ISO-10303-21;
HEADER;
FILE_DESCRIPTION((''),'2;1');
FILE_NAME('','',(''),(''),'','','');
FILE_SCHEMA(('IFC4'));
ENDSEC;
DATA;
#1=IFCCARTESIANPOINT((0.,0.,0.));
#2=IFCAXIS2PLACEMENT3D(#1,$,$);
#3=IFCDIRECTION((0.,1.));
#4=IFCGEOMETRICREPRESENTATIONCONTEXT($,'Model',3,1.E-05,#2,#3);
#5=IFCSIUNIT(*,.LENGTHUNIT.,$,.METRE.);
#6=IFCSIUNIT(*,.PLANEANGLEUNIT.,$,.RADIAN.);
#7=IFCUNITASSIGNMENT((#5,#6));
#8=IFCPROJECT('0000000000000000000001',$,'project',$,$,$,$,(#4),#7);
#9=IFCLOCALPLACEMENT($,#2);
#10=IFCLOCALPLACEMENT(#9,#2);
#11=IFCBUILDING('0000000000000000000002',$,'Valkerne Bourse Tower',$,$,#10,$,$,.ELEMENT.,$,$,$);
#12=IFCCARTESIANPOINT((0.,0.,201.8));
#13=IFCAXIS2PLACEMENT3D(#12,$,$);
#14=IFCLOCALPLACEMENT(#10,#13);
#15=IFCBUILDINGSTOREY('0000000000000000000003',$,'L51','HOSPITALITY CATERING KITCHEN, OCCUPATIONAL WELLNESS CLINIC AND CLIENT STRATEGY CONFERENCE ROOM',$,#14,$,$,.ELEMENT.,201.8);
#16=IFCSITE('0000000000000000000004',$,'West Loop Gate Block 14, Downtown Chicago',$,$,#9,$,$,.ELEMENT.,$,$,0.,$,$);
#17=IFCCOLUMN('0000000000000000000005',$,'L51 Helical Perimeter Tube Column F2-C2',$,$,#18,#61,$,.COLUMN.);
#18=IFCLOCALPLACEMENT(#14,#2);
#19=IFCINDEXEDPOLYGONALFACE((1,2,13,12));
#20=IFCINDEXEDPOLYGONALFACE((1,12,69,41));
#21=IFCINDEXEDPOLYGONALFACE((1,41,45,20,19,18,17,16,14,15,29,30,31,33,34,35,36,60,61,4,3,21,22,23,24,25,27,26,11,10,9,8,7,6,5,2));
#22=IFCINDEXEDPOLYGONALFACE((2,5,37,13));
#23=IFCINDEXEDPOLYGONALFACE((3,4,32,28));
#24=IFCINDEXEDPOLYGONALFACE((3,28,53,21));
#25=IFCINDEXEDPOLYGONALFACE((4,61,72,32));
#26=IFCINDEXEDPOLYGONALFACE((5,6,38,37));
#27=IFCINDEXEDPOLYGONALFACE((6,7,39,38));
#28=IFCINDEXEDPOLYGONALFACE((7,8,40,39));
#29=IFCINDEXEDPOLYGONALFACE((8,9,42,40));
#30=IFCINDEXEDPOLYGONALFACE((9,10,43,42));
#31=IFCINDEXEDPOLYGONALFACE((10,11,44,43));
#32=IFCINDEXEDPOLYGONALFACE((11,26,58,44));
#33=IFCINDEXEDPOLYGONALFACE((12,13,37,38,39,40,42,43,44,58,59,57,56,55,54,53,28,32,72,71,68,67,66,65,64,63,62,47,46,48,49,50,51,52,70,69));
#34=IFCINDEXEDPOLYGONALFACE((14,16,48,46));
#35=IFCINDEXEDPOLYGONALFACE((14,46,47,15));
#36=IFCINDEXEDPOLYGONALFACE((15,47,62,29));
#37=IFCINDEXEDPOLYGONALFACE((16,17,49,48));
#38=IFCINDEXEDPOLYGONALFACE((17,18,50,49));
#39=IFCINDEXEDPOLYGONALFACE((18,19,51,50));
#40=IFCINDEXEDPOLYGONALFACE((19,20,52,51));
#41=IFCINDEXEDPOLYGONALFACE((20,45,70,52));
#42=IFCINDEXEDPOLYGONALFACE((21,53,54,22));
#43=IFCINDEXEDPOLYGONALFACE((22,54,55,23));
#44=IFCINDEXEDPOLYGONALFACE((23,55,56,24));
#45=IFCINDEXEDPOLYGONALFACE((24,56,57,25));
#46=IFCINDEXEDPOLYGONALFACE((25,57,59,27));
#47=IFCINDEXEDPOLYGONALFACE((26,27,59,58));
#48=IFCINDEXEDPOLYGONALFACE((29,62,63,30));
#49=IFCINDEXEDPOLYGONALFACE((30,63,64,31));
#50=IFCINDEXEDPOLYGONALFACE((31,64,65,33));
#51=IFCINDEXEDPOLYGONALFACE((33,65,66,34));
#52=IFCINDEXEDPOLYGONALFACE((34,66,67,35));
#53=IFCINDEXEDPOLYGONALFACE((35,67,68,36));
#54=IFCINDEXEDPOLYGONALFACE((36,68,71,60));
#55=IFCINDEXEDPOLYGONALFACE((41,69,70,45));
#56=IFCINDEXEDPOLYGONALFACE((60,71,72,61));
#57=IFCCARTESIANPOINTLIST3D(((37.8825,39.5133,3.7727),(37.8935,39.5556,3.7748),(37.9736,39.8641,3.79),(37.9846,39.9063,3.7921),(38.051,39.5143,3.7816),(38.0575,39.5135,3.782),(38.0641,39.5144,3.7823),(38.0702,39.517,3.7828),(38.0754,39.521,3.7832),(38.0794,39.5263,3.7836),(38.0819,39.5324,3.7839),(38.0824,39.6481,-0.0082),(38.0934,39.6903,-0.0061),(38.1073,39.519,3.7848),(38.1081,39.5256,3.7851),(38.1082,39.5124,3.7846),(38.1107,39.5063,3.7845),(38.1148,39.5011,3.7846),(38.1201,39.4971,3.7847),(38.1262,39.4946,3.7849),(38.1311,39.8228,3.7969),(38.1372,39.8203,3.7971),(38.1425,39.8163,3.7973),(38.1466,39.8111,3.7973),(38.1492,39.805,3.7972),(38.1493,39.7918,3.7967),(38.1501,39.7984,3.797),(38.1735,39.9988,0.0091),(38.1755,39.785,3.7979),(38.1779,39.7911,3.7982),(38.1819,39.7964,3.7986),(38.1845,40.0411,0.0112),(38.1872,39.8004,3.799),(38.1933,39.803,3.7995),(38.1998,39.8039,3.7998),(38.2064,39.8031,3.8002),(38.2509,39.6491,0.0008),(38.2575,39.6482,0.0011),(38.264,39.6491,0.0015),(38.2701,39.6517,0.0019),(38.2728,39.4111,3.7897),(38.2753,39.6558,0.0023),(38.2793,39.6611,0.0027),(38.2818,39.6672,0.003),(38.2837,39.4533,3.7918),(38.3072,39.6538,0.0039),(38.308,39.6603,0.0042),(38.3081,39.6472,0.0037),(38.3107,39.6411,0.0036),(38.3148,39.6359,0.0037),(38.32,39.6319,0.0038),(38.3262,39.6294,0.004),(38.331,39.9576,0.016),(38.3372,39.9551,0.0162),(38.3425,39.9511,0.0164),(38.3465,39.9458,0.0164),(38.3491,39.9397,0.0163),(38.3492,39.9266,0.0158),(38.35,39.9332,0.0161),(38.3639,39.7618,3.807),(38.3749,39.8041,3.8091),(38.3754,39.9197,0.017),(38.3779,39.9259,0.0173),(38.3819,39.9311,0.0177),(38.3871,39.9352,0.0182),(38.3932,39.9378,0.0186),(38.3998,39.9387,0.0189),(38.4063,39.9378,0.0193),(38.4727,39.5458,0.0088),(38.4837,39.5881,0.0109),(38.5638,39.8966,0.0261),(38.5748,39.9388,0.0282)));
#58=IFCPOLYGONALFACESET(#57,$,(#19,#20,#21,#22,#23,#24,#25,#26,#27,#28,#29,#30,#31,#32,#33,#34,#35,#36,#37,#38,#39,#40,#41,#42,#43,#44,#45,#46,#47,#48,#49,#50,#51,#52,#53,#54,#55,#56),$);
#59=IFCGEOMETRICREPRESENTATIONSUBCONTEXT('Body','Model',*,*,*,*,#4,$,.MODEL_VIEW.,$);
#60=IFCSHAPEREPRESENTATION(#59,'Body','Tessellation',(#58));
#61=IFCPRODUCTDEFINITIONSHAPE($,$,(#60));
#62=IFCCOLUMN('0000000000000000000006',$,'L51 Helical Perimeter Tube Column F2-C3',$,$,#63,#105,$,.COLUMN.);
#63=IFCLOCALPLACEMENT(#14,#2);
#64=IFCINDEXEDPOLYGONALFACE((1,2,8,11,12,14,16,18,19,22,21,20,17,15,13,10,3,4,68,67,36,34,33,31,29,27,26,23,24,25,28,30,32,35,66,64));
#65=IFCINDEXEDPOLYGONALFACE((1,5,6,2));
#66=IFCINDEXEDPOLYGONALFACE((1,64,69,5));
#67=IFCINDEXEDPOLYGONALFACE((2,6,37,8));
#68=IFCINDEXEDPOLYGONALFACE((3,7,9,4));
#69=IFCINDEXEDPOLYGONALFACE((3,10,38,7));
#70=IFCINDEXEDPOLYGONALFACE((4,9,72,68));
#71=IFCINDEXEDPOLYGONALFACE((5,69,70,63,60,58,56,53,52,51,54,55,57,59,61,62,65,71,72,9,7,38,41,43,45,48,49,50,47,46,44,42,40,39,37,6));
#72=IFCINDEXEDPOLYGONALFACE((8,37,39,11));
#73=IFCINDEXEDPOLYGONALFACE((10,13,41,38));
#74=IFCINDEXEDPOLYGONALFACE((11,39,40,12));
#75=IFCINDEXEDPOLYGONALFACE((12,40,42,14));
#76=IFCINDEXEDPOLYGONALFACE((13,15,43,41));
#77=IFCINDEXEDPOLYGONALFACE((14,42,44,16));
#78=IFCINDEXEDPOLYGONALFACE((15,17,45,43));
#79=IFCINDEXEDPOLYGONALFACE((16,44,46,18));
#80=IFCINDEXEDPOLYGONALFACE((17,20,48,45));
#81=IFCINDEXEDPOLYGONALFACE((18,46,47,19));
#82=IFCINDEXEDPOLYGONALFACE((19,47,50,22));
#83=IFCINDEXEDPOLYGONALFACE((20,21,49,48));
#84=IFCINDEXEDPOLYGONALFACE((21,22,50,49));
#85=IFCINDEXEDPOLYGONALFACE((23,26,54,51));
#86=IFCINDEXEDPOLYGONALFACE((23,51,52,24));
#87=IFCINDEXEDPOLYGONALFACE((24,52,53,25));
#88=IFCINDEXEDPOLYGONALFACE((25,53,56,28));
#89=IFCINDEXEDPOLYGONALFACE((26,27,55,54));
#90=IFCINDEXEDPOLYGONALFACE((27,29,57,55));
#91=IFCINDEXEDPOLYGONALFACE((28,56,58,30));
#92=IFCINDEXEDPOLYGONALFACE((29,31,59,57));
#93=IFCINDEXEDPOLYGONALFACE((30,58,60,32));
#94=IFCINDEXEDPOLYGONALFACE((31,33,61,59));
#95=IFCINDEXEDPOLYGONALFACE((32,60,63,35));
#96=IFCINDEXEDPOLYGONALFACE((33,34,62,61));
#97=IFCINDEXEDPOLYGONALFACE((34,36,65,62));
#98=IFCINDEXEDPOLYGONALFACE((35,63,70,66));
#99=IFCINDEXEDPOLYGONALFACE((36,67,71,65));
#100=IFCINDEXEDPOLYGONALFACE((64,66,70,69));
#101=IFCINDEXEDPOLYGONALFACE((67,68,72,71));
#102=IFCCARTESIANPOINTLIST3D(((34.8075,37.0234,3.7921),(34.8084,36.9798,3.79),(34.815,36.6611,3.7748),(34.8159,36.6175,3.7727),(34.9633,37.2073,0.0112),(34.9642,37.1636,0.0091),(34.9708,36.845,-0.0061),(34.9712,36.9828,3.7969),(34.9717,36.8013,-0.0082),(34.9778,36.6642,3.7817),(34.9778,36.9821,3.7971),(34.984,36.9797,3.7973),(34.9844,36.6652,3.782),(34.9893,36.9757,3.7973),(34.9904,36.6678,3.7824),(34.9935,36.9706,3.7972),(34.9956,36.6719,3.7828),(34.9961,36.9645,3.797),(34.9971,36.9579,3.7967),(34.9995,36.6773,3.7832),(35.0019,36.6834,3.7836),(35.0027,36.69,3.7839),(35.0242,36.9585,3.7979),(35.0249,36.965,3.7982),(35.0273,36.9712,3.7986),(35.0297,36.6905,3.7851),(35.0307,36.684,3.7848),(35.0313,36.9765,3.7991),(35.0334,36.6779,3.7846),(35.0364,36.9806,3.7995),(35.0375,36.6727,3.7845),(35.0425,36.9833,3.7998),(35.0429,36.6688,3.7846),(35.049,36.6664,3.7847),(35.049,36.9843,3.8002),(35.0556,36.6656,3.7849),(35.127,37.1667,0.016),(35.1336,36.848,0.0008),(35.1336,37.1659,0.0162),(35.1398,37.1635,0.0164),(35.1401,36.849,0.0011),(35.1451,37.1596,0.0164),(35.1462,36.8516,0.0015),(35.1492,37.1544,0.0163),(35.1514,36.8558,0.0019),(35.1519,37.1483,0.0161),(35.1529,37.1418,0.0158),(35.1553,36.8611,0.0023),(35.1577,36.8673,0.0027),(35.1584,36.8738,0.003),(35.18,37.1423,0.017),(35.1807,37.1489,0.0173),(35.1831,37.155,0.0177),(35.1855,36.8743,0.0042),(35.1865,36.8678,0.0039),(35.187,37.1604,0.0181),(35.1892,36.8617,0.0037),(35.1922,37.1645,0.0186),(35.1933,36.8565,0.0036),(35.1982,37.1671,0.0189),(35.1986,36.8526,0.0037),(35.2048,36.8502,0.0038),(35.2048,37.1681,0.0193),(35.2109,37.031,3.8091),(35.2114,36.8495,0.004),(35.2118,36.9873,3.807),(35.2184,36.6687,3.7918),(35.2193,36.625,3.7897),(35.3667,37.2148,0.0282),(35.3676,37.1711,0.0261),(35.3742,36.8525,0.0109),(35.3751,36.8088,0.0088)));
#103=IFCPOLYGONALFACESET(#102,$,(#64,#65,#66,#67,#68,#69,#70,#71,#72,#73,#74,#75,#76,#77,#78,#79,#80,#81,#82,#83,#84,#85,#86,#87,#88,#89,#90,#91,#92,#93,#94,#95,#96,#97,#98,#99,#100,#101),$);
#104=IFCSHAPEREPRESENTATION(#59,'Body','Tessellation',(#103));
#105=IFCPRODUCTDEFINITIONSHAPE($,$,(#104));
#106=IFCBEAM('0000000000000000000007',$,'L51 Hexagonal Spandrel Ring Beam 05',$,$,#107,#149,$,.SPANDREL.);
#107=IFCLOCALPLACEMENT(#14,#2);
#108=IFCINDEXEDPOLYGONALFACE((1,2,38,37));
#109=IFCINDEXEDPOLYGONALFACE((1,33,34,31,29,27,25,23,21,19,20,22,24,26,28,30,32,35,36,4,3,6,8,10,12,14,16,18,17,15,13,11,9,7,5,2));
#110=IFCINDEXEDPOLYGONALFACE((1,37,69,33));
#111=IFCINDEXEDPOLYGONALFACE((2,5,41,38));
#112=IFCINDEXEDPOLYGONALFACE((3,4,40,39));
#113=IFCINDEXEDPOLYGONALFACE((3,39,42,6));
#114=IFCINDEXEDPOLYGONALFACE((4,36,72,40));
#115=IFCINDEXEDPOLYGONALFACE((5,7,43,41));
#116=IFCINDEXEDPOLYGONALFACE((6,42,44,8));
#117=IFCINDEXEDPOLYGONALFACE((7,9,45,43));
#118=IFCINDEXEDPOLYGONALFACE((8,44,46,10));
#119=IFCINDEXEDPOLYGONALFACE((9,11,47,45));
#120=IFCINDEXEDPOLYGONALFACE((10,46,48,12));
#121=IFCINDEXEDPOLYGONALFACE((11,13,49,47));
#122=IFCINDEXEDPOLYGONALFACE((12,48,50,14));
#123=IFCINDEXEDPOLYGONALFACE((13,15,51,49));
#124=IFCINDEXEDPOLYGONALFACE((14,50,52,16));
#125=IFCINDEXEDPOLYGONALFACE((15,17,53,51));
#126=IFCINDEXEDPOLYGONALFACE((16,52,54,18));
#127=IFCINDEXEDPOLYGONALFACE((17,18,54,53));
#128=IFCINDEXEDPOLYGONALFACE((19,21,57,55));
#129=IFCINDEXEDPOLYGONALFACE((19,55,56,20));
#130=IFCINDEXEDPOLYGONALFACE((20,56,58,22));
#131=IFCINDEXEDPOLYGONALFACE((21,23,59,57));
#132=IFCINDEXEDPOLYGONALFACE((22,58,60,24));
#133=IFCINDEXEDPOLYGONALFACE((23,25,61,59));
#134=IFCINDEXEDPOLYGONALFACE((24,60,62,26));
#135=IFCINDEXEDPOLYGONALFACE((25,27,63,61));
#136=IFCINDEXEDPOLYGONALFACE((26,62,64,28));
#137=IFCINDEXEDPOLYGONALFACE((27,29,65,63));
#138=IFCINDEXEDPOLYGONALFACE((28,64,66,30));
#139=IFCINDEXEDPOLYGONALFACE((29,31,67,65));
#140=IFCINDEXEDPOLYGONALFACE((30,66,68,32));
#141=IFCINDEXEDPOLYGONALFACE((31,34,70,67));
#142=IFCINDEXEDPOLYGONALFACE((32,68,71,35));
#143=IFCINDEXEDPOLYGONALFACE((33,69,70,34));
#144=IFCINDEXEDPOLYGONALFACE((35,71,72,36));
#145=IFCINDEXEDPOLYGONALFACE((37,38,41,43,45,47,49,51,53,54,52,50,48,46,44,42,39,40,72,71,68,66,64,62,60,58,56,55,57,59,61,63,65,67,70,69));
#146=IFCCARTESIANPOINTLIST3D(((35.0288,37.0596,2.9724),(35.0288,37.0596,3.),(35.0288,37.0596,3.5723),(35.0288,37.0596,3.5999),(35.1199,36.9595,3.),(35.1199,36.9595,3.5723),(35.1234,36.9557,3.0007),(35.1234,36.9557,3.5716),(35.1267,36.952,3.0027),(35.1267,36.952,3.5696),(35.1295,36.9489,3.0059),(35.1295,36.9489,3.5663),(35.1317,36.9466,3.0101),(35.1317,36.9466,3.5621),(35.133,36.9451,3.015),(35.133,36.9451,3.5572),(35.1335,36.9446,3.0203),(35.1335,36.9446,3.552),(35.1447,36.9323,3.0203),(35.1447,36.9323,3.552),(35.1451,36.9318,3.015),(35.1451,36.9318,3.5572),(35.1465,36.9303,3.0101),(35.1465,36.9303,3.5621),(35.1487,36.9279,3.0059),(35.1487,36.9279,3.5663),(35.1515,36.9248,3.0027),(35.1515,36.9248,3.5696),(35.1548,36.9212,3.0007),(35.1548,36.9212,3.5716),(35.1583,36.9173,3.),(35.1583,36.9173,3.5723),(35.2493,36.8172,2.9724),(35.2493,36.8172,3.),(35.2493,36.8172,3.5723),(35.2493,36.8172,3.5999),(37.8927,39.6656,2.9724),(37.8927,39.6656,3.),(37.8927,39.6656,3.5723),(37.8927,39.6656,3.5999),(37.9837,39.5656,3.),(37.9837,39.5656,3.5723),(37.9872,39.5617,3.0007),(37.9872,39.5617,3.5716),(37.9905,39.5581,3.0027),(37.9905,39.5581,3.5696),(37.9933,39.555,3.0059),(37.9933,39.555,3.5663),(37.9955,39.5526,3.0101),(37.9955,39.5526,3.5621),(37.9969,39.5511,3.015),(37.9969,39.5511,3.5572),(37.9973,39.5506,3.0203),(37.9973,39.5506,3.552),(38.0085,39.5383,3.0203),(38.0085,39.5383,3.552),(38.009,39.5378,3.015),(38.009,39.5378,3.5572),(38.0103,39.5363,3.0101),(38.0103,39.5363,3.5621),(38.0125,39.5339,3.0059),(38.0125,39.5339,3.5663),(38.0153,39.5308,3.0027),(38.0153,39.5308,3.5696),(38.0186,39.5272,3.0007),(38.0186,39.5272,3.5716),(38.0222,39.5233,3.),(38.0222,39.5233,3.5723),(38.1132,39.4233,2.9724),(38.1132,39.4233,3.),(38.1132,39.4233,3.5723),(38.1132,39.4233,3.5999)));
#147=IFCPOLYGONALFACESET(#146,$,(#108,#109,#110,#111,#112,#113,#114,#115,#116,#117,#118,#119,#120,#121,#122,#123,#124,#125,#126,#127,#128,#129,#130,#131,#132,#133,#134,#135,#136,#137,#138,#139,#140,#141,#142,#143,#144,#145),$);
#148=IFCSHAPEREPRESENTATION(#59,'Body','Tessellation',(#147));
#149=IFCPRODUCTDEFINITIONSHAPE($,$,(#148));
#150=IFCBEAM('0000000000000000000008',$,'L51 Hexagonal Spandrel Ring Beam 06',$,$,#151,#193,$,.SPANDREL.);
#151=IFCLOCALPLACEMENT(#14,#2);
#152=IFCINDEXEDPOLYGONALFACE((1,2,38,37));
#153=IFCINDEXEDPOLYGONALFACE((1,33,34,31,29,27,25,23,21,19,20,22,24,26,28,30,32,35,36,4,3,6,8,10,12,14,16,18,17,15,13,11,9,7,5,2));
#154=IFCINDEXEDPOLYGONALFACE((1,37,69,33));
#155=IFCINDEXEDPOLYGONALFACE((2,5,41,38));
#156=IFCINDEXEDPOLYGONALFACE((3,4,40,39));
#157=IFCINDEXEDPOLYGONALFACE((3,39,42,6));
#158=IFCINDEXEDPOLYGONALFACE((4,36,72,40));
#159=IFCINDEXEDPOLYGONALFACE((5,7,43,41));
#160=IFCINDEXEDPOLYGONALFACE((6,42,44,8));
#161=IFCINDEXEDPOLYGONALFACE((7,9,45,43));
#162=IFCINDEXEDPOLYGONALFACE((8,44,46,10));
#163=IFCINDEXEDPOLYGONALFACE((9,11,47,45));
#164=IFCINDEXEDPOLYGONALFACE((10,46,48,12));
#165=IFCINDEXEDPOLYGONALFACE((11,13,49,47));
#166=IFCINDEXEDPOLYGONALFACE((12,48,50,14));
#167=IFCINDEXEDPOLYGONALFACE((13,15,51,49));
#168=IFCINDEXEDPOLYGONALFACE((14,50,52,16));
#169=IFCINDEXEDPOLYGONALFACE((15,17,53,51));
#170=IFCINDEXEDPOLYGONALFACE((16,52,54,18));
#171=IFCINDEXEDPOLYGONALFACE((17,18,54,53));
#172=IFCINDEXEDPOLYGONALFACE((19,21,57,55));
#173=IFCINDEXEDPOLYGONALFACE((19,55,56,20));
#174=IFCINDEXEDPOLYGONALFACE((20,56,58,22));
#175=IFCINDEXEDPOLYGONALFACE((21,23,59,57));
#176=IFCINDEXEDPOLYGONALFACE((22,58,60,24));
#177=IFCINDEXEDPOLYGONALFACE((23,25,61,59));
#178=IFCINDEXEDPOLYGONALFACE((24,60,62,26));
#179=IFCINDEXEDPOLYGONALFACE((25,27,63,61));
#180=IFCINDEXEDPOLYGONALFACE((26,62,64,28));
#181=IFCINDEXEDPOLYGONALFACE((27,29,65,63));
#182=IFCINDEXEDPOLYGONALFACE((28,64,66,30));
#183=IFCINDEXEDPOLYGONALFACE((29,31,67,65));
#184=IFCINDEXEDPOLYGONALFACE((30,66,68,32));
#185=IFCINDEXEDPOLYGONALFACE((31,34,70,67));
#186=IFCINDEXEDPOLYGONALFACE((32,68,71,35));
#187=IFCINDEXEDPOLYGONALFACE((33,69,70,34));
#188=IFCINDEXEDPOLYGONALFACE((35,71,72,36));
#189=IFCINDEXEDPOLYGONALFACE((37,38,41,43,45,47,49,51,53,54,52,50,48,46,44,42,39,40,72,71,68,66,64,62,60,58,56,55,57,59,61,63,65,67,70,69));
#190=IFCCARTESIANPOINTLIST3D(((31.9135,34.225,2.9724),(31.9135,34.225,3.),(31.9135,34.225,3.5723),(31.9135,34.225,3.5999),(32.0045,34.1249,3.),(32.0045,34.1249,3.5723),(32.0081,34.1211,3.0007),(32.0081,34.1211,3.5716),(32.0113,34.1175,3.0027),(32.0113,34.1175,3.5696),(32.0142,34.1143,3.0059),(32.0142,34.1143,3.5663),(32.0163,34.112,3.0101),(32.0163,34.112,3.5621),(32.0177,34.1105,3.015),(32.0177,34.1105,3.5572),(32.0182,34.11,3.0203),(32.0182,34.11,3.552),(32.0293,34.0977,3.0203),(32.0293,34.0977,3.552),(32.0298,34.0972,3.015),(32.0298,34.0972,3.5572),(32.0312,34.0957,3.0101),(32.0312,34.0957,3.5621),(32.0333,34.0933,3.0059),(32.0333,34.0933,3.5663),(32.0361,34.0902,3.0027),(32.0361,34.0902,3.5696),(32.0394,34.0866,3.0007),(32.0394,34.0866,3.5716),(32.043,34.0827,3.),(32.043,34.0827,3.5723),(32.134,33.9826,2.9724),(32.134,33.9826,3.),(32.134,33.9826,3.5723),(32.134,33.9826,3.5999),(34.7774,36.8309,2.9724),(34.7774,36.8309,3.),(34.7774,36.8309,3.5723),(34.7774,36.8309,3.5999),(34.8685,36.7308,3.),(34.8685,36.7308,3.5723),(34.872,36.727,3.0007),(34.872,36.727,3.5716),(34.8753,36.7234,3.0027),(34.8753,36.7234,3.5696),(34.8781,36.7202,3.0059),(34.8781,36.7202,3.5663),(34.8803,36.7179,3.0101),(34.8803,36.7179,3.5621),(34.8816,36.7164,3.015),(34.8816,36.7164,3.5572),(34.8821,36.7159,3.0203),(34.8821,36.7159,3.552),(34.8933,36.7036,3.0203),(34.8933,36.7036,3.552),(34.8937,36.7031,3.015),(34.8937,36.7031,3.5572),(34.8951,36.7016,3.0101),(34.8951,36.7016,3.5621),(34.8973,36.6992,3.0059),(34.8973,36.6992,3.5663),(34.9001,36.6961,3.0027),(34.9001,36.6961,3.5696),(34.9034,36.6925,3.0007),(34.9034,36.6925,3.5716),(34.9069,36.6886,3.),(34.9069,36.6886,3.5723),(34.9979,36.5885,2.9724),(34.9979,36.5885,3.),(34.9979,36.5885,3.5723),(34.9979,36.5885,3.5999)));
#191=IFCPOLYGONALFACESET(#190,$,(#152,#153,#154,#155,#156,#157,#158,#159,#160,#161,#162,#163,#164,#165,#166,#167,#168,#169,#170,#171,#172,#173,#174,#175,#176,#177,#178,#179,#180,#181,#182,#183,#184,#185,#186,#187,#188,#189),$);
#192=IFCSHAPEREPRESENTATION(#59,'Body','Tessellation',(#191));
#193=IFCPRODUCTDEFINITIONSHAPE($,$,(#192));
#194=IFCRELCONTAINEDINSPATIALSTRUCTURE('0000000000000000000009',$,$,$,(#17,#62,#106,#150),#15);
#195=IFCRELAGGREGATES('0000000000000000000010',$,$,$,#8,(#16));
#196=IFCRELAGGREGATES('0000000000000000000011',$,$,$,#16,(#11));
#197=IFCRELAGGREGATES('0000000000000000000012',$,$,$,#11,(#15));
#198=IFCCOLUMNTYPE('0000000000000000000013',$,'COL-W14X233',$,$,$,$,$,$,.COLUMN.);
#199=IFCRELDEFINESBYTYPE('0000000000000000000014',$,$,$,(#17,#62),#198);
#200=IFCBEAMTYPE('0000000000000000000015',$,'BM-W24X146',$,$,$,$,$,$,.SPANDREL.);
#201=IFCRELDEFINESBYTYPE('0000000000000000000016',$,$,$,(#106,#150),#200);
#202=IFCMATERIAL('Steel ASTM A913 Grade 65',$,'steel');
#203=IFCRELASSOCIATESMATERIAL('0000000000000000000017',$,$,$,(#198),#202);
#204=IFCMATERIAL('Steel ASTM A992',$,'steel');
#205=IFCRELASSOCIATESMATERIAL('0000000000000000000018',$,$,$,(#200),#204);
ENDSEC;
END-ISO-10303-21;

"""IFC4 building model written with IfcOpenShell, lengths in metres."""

from ifc_helpers import new_model, si_unit, direction, frame, origin, origin_2d, place, context, subcontext, project, spatial, i_section, extrude, material, material_profile, profile_set, type_object, element, save


model = new_model("IFC4")

# Units and contexts
model_context = context("Model", 3, precision=1e-05, world=origin(), true_north=direction((0.0, 1.0)))
body_context = subcontext(model_context, "Body", "Model", "MODEL_VIEW")
ifc_project = project(units=[si_unit("LENGTHUNIT", "METRE"), si_unit("PLANEANGLEUNIT", "RADIAN")], contexts=[model_context])

# Site, building, storey
site_placement = place(None, origin())
site = spatial("IfcSite", under=ifc_project, at=site_placement, Name="West Loop Gate Block 14, Downtown Chicago", CompositionType="ELEMENT", RefElevation=0.0)
building_placement = place(site_placement, origin())
building = spatial("IfcBuilding", under=site, at=building_placement, Name="Valkerne Bourse Tower", CompositionType="ELEMENT")
storey_placement = place(building_placement, frame((0.0, 0.0, 201.8)))
storey = spatial("IfcBuildingStorey", under=building, at=storey_placement, Name="L51", Description="HOSPITALITY CATERING KITCHEN, OCCUPATIONAL WELLNESS CLINIC AND CLIENT STRATEGY CONFERENCE ROOM", CompositionType="ELEMENT", Elevation=201.8)

# Columns
ifc_material_1 = material(Name="Steel ASTM A913 Grade 65", Category="steel")
ifc_material_profile_1 = material_profile(ifc_material_1, i_section(OverallWidth=0.4038, OverallDepth=0.4065, WebThickness=0.0271, FlangeThickness=0.0437, FilletRadius=0.0254, at=origin_2d()), Name="W14X233")
ifc_profile_set_1 = profile_set([ifc_material_profile_1], Name="Steel ASTM A913 Grade 65")
column_type = type_object("IfcColumnType", Name="COL-W14X233", PredefinedType="COLUMN", material=ifc_profile_set_1)
for number, where, z_axis, x_axis, name in (
    (1, (38.3286, 39.7935, 0.01), (-0.052776, -0.035571, 0.997973), (-0.966508, 0.253162, -0.042089), "L51 Helical Perimeter Tube Column F2-C2"),
    (2, (35.1692, 37.0081, 0.01), (-0.041112, -0.048523, 0.997976), (-0.998941, -0.018632, -0.042058), "L51 Helical Perimeter Tube Column F2-C3"),
):
    element("IfcColumn", number, at=place(storey_placement, frame(where, z_axis=z_axis, x_axis=x_axis)), inside=storey, type_object=column_type, Name=name, PredefinedType="COLUMN", context=body_context, shape_type="SweptSolid", body=[
        extrude(i_section(OverallWidth=0.4038, OverallDepth=0.4065, WebThickness=0.0271, FlangeThickness=0.0437, FilletRadius=0.0254, at=origin_2d()), origin(), (0.0, 0.0, 1.0), 3.7886),
    ])

# Beams
ifc_material_2 = material(Name="Steel ASTM A992", Category="steel")
ifc_material_profile_2 = material_profile(ifc_material_2, i_section(OverallWidth=0.3276, OverallDepth=0.6274, WebThickness=0.0166, FlangeThickness=0.0276, FilletRadius=0.0203, at=origin_2d()), Name="W24X146")
ifc_profile_set_2 = profile_set([ifc_material_profile_2], Name="Steel ASTM A992")
beam_type_1 = type_object("IfcBeamType", Name="BM-W24X146", PredefinedType="SPANDREL", material=ifc_profile_set_2)
for number, where, z_axis, x_axis, name in (
    (3, (38.0029, 39.5444, 3.2861), (-0.739615, -0.67303, 0.0), (0.67303, -0.739615, 0.0), "L51 Hexagonal Spandrel Ring Beam 05"),
    (4, (34.8877, 36.7097, 3.2861), (-0.739643, -0.672999, 0.0), (0.672999, -0.739643, 0.0), "L51 Hexagonal Spandrel Ring Beam 06"),
):
    element("IfcBeam", number, at=place(storey_placement, frame(where, z_axis=z_axis, x_axis=x_axis)), inside=storey, type_object=beam_type_1, Name=name, PredefinedType="SPANDREL", context=body_context, shape_type="SweptSolid", body=[
        extrude(i_section(OverallWidth=0.3276, OverallDepth=0.6274, WebThickness=0.0166, FlangeThickness=0.0276, FilletRadius=0.0203, at=origin_2d()), origin(), (0.0, 0.0, 1.0), 3.8721),
    ])

save(model, "model.ifc")
